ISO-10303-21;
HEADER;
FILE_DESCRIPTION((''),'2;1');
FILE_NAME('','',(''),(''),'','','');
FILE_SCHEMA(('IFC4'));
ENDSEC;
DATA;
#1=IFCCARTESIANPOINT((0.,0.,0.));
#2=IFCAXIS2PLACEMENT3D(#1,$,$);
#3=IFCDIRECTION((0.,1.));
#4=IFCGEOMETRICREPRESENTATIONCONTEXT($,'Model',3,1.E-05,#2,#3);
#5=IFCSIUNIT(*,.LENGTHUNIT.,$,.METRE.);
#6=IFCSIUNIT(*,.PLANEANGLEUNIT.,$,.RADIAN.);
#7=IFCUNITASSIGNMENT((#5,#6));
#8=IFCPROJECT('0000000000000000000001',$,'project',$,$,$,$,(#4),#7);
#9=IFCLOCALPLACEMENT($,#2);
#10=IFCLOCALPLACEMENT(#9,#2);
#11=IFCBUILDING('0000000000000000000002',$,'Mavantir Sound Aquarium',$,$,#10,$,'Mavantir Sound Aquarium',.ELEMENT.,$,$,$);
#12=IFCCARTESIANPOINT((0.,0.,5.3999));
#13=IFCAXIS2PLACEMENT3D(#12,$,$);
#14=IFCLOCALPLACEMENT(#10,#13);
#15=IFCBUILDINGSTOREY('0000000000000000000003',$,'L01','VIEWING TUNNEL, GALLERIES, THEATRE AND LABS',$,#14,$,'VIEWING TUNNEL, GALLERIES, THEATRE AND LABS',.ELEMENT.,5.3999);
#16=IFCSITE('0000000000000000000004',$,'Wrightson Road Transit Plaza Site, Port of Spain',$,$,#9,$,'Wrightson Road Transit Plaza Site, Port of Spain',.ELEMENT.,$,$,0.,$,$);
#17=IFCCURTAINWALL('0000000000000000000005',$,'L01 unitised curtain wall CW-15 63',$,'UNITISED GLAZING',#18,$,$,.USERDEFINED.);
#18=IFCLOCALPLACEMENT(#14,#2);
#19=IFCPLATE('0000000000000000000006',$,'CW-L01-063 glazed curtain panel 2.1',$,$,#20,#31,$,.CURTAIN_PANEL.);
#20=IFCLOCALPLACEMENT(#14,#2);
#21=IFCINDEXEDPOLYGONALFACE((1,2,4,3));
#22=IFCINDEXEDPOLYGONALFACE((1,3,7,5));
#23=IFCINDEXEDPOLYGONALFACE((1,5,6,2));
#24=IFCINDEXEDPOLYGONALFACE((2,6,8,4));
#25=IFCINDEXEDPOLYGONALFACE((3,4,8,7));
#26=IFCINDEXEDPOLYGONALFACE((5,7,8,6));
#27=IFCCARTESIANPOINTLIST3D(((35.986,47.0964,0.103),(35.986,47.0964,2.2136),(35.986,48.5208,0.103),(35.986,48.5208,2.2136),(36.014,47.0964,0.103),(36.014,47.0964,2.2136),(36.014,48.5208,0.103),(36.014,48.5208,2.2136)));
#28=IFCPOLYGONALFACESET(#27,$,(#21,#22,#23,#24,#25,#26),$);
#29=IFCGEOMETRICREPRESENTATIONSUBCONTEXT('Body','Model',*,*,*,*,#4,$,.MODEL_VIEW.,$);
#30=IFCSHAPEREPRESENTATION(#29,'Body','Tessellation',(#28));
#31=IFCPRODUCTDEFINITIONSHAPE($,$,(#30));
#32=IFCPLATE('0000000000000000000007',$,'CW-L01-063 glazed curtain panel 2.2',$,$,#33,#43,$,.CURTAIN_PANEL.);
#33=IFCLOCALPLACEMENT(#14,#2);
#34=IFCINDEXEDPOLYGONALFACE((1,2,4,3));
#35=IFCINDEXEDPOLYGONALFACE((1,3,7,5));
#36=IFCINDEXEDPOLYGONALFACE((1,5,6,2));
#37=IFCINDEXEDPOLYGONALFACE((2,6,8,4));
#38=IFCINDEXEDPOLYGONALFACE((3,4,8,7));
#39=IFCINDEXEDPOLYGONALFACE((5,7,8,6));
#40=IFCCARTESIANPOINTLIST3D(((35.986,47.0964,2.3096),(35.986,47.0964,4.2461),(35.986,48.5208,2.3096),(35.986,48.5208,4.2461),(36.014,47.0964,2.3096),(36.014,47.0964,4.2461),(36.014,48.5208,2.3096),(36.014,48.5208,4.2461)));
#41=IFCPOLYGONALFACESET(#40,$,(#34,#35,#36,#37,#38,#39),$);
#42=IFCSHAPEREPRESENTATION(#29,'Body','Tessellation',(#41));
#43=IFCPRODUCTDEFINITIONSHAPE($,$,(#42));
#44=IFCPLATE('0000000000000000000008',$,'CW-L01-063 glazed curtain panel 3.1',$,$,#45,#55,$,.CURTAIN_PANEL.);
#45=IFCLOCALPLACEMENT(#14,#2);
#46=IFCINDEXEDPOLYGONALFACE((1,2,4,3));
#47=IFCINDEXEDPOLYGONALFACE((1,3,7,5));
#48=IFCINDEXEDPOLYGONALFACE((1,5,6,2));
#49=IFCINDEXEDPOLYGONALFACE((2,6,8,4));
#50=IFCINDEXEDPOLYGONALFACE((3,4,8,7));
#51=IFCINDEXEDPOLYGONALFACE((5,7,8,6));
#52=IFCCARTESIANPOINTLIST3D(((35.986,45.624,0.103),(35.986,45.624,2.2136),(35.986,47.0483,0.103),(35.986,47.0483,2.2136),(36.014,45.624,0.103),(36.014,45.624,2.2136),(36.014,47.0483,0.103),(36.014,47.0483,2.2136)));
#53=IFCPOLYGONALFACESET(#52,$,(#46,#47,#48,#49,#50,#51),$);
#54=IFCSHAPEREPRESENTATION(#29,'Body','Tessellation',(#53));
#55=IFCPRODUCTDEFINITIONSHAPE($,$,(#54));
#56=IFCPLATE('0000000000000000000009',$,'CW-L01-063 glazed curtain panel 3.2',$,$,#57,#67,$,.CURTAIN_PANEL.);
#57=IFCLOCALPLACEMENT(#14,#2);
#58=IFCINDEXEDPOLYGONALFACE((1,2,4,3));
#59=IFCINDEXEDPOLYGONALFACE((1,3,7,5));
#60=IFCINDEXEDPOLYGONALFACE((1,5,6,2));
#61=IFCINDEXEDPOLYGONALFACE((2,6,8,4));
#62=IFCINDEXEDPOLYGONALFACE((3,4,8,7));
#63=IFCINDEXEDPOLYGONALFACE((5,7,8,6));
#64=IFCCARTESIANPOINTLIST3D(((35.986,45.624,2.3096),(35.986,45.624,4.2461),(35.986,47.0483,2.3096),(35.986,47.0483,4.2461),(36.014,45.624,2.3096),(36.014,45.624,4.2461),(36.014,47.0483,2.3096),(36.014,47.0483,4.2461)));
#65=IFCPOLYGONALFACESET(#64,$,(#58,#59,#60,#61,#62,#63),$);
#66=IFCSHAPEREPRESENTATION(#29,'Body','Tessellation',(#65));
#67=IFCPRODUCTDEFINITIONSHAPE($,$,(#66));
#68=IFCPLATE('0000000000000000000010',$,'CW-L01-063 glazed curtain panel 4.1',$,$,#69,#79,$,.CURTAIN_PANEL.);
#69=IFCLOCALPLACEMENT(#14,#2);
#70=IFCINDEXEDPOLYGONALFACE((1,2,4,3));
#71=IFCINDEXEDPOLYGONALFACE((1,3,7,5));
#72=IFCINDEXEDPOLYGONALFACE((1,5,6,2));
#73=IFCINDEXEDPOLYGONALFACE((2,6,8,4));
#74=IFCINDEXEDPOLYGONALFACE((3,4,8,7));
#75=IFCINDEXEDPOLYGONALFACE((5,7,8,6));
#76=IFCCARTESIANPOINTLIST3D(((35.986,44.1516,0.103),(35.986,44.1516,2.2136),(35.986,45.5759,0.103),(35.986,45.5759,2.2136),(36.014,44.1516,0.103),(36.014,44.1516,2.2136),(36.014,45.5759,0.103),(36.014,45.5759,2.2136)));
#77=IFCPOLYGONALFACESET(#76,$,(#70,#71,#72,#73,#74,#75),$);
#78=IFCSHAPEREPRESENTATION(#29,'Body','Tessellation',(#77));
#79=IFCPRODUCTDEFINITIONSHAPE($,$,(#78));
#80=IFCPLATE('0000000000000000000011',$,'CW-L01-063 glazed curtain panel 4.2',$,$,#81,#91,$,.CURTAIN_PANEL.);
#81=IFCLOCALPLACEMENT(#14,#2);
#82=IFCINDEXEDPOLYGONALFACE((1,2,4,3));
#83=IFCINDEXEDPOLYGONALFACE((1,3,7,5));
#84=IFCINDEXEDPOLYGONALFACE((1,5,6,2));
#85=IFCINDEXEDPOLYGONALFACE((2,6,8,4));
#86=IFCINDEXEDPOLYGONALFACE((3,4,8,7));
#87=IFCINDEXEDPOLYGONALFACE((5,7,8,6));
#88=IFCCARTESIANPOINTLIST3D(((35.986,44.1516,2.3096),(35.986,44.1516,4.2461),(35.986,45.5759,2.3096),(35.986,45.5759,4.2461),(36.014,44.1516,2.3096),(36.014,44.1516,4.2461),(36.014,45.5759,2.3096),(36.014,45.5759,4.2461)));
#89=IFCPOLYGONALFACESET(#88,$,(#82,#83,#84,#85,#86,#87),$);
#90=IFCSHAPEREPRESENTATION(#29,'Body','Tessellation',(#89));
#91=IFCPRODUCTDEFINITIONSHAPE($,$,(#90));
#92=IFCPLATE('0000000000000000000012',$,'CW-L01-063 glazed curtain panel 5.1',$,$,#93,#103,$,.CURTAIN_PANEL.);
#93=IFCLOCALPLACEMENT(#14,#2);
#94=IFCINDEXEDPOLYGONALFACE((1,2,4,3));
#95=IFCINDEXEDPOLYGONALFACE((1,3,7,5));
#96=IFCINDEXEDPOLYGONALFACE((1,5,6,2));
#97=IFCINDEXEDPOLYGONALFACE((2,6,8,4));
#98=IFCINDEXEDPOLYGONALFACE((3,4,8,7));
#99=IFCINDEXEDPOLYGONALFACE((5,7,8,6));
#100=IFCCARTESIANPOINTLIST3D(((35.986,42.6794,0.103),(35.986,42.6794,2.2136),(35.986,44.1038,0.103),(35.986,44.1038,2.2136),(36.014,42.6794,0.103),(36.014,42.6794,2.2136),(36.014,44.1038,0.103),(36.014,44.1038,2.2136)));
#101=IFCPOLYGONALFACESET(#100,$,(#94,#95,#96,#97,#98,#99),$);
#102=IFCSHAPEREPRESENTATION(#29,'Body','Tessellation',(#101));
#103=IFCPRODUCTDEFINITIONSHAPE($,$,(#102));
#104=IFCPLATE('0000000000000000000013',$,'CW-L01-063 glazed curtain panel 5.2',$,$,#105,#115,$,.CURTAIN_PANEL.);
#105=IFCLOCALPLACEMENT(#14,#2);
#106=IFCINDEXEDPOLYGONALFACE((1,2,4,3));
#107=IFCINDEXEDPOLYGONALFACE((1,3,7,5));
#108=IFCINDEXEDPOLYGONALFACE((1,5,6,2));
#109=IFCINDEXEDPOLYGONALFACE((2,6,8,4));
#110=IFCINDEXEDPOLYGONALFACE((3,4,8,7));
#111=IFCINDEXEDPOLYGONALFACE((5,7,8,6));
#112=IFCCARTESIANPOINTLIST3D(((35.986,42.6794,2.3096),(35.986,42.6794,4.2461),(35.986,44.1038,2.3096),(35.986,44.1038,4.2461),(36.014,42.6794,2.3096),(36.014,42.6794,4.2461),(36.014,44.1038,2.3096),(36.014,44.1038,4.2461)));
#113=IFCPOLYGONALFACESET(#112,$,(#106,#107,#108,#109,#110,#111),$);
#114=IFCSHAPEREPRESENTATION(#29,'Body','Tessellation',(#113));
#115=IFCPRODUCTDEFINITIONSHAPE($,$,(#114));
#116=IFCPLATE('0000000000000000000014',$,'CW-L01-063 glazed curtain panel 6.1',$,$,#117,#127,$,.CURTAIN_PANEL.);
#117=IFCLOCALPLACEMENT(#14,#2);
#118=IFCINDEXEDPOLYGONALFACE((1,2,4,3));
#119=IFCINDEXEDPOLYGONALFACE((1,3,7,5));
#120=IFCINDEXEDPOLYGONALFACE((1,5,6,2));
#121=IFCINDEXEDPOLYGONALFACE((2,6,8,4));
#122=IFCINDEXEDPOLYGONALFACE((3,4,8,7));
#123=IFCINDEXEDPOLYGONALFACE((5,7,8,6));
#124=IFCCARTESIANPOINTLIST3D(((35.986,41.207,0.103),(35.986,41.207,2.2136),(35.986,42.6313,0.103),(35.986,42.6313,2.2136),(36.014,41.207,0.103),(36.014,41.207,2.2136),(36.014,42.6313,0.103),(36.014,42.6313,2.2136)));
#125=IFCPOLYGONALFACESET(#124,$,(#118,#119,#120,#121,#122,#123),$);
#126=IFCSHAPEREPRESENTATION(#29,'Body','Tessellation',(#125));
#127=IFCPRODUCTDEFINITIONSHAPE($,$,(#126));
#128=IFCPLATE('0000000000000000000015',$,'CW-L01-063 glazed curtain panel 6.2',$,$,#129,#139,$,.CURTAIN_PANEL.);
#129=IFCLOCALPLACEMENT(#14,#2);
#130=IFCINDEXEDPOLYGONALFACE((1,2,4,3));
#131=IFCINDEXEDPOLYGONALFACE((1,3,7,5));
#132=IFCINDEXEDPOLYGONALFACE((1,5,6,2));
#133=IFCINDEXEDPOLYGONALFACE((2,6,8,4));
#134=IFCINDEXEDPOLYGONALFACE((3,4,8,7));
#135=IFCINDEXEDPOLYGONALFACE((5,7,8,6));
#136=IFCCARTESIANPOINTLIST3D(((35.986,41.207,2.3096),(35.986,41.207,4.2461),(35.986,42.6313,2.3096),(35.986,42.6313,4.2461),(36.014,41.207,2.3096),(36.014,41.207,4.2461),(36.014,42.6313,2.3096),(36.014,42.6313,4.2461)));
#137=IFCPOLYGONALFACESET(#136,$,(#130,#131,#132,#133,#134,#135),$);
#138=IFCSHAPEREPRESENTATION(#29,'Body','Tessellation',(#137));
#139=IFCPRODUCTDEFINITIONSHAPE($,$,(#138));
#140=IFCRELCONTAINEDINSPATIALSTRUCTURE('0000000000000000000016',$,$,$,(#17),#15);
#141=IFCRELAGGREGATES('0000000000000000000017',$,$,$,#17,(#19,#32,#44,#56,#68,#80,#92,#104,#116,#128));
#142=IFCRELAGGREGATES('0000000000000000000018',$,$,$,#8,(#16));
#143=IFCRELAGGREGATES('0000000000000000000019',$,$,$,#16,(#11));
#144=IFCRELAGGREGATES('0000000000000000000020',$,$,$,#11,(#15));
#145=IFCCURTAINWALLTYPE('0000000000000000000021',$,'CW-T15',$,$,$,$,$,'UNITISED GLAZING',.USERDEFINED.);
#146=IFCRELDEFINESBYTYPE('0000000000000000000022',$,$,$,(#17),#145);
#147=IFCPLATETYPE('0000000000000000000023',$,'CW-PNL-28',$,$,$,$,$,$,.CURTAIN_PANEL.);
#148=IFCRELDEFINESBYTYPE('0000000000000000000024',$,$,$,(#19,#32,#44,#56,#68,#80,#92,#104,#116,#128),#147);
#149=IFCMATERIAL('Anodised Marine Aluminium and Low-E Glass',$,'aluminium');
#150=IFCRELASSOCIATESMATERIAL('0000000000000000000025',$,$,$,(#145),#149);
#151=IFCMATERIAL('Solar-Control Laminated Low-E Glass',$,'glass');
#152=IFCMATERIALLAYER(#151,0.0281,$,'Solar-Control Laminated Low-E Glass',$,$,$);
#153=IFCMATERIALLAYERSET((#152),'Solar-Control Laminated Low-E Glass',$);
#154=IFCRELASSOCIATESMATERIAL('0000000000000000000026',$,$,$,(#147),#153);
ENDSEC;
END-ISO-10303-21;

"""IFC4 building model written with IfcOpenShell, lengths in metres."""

from ifc_helpers import new_model, si_unit, direction, frame, origin, origin_2d, place, context, subcontext, project, spatial, rectangle, extrude, material, layer, layer_set, type_object, element, aggregate, save


model = new_model("IFC4")

# Units and contexts
model_context = context("Model", 3, precision=1e-05, world=origin(), true_north=direction((0.0, 1.0)))
body_context = subcontext(model_context, "Body", "Model", "MODEL_VIEW")
ifc_project = project(units=[si_unit("LENGTHUNIT", "METRE"), si_unit("PLANEANGLEUNIT", "RADIAN")], contexts=[model_context])

# Site, building, storey
site_placement = place(None, origin())
site = spatial("IfcSite", under=ifc_project, at=site_placement, Name="Wrightson Road Transit Plaza Site, Port of Spain", LongName="Wrightson Road Transit Plaza Site, Port of Spain", CompositionType="ELEMENT", RefElevation=0.0)
building_placement = place(site_placement, origin())
building = spatial("IfcBuilding", under=site, at=building_placement, Name="Mavantir Sound Aquarium", LongName="Mavantir Sound Aquarium", CompositionType="ELEMENT")
storey_placement = place(building_placement, frame((0.0, 0.0, 5.3999)))
storey = spatial("IfcBuildingStorey", under=building, at=storey_placement, Name="L01", Description="VIEWING TUNNEL, GALLERIES, THEATRE AND LABS", LongName="VIEWING TUNNEL, GALLERIES, THEATRE AND LABS", CompositionType="ELEMENT", Elevation=5.3999)

# Curtain wall, plates
ifc_material_1 = material(Name="Anodised Marine Aluminium and Low-E Glass", Category="aluminium")
curtain_wall_type = type_object("IfcCurtainWallType", Name="CW-T15", ElementType="UNITISED GLAZING", PredefinedType="USERDEFINED", material=ifc_material_1)
curtain_wall_placement = place(storey_placement, origin())
curtain_wall = element("IfcCurtainWall", 1, at=curtain_wall_placement, inside=storey, type_object=curtain_wall_type, Name="L01 unitised curtain wall CW-15 63", ObjectType="UNITISED GLAZING", PredefinedType="USERDEFINED")
ifc_material_2 = material(Name="Solar-Control Laminated Low-E Glass", Category="glass")
ifc_layer = layer(ifc_material_2, 0.0281, Name="Solar-Control Laminated Low-E Glass")
ifc_layer_set = layer_set([ifc_layer], Name="Solar-Control Laminated Low-E Glass")
plate_type = type_object("IfcPlateType", Name="CW-PNL-28", PredefinedType="CURTAIN_PANEL", material=ifc_layer_set)
plate_1_placement = place(storey_placement, frame((36.0, 47.8086, 0.103), z_axis=(0.0, 0.0, 1.0), x_axis=(0.0, -1.0, 0.0)))
plate_1 = element("IfcPlate", 2, at=plate_1_placement, type_object=plate_type, Name="CW-L01-063 glazed curtain panel 2.1", PredefinedType="CURTAIN_PANEL", context=body_context, shape_type="SweptSolid", body=[
    extrude(rectangle(XDim=1.4243, YDim=0.0281, at=origin_2d()), origin(), (0.0, 0.0, 1.0), 2.1106),
])
plate_2_placement = place(storey_placement, frame((36.0, 47.8086, 2.3096), z_axis=(0.0, 0.0, 1.0), x_axis=(0.0, -1.0, 0.0)))
plate_2 = element("IfcPlate", 3, at=plate_2_placement, type_object=plate_type, Name="CW-L01-063 glazed curtain panel 2.2", PredefinedType="CURTAIN_PANEL", context=body_context, shape_type="SweptSolid", body=[
    extrude(rectangle(XDim=1.4243, YDim=0.0281, at=origin_2d()), origin(), (0.0, 0.0, 1.0), 1.9365),
])
plate_3_placement = place(storey_placement, frame((36.0, 46.3362, 0.103), z_axis=(0.0, 0.0, 1.0), x_axis=(0.0, -1.0, 0.0)))
plate_3 = element("IfcPlate", 4, at=plate_3_placement, type_object=plate_type, Name="CW-L01-063 glazed curtain panel 3.1", PredefinedType="CURTAIN_PANEL", context=body_context, shape_type="SweptSolid", body=[
    extrude(rectangle(XDim=1.4243, YDim=0.0281, at=origin_2d()), origin(), (0.0, 0.0, 1.0), 2.1106),
])
plate_4_placement = place(storey_placement, frame((36.0, 46.3362, 2.3096), z_axis=(0.0, 0.0, 1.0), x_axis=(0.0, -1.0, 0.0)))
plate_4 = element("IfcPlate", 5, at=plate_4_placement, type_object=plate_type, Name="CW-L01-063 glazed curtain panel 3.2", PredefinedType="CURTAIN_PANEL", context=body_context, shape_type="SweptSolid", body=[
    extrude(rectangle(XDim=1.4243, YDim=0.0281, at=origin_2d()), origin(), (0.0, 0.0, 1.0), 1.9365),
])
plate_5_placement = place(storey_placement, frame((36.0, 44.8638, 0.103), z_axis=(0.0, 0.0, 1.0), x_axis=(0.0, -1.0, 0.0)))
plate_5 = element("IfcPlate", 6, at=plate_5_placement, type_object=plate_type, Name="CW-L01-063 glazed curtain panel 4.1", PredefinedType="CURTAIN_PANEL", context=body_context, shape_type="SweptSolid", body=[
    extrude(rectangle(XDim=1.4243, YDim=0.0281, at=origin_2d()), origin(), (0.0, 0.0, 1.0), 2.1106),
])
plate_6_placement = place(storey_placement, frame((36.0, 44.8638, 2.3096), z_axis=(0.0, 0.0, 1.0), x_axis=(0.0, -1.0, 0.0)))
plate_6 = element("IfcPlate", 7, at=plate_6_placement, type_object=plate_type, Name="CW-L01-063 glazed curtain panel 4.2", PredefinedType="CURTAIN_PANEL", context=body_context, shape_type="SweptSolid", body=[
    extrude(rectangle(XDim=1.4243, YDim=0.0281, at=origin_2d()), origin(), (0.0, 0.0, 1.0), 1.9365),
])
plate_7_placement = place(storey_placement, frame((36.0, 43.3916, 0.103), z_axis=(0.0, 0.0, 1.0), x_axis=(0.0, -1.0, 0.0)))
plate_7 = element("IfcPlate", 8, at=plate_7_placement, type_object=plate_type, Name="CW-L01-063 glazed curtain panel 5.1", PredefinedType="CURTAIN_PANEL", context=body_context, shape_type="SweptSolid", body=[
    extrude(rectangle(XDim=1.4243, YDim=0.0281, at=origin_2d()), origin(), (0.0, 0.0, 1.0), 2.1106),
])
plate_8_placement = place(storey_placement, frame((36.0, 43.3916, 2.3096), z_axis=(0.0, 0.0, 1.0), x_axis=(0.0, -1.0, 0.0)))
plate_8 = element("IfcPlate", 9, at=plate_8_placement, type_object=plate_type, Name="CW-L01-063 glazed curtain panel 5.2", PredefinedType="CURTAIN_PANEL", context=body_context, shape_type="SweptSolid", body=[
    extrude(rectangle(XDim=1.4243, YDim=0.0281, at=origin_2d()), origin(), (0.0, 0.0, 1.0), 1.9365),
])
plate_9_placement = place(storey_placement, frame((36.0, 41.9192, 0.103), z_axis=(0.0, 0.0, 1.0), x_axis=(0.0, -1.0, 0.0)))
plate_9 = element("IfcPlate", 10, at=plate_9_placement, type_object=plate_type, Name="CW-L01-063 glazed curtain panel 6.1", PredefinedType="CURTAIN_PANEL", context=body_context, shape_type="SweptSolid", body=[
    extrude(rectangle(XDim=1.4243, YDim=0.0281, at=origin_2d()), origin(), (0.0, 0.0, 1.0), 2.1106),
])
plate_10_placement = place(storey_placement, frame((36.0, 41.9192, 2.3096), z_axis=(0.0, 0.0, 1.0), x_axis=(0.0, -1.0, 0.0)))
plate_10 = element("IfcPlate", 11, at=plate_10_placement, type_object=plate_type, Name="CW-L01-063 glazed curtain panel 6.2", PredefinedType="CURTAIN_PANEL", context=body_context, shape_type="SweptSolid", body=[
    extrude(rectangle(XDim=1.4243, YDim=0.0281, at=origin_2d()), origin(), (0.0, 0.0, 1.0), 1.9365),
])
aggregate(curtain_wall, [plate_1, plate_2, plate_3, plate_4, plate_5, plate_6, plate_7, plate_8, plate_9, plate_10])

save(model, "model.ifc")
